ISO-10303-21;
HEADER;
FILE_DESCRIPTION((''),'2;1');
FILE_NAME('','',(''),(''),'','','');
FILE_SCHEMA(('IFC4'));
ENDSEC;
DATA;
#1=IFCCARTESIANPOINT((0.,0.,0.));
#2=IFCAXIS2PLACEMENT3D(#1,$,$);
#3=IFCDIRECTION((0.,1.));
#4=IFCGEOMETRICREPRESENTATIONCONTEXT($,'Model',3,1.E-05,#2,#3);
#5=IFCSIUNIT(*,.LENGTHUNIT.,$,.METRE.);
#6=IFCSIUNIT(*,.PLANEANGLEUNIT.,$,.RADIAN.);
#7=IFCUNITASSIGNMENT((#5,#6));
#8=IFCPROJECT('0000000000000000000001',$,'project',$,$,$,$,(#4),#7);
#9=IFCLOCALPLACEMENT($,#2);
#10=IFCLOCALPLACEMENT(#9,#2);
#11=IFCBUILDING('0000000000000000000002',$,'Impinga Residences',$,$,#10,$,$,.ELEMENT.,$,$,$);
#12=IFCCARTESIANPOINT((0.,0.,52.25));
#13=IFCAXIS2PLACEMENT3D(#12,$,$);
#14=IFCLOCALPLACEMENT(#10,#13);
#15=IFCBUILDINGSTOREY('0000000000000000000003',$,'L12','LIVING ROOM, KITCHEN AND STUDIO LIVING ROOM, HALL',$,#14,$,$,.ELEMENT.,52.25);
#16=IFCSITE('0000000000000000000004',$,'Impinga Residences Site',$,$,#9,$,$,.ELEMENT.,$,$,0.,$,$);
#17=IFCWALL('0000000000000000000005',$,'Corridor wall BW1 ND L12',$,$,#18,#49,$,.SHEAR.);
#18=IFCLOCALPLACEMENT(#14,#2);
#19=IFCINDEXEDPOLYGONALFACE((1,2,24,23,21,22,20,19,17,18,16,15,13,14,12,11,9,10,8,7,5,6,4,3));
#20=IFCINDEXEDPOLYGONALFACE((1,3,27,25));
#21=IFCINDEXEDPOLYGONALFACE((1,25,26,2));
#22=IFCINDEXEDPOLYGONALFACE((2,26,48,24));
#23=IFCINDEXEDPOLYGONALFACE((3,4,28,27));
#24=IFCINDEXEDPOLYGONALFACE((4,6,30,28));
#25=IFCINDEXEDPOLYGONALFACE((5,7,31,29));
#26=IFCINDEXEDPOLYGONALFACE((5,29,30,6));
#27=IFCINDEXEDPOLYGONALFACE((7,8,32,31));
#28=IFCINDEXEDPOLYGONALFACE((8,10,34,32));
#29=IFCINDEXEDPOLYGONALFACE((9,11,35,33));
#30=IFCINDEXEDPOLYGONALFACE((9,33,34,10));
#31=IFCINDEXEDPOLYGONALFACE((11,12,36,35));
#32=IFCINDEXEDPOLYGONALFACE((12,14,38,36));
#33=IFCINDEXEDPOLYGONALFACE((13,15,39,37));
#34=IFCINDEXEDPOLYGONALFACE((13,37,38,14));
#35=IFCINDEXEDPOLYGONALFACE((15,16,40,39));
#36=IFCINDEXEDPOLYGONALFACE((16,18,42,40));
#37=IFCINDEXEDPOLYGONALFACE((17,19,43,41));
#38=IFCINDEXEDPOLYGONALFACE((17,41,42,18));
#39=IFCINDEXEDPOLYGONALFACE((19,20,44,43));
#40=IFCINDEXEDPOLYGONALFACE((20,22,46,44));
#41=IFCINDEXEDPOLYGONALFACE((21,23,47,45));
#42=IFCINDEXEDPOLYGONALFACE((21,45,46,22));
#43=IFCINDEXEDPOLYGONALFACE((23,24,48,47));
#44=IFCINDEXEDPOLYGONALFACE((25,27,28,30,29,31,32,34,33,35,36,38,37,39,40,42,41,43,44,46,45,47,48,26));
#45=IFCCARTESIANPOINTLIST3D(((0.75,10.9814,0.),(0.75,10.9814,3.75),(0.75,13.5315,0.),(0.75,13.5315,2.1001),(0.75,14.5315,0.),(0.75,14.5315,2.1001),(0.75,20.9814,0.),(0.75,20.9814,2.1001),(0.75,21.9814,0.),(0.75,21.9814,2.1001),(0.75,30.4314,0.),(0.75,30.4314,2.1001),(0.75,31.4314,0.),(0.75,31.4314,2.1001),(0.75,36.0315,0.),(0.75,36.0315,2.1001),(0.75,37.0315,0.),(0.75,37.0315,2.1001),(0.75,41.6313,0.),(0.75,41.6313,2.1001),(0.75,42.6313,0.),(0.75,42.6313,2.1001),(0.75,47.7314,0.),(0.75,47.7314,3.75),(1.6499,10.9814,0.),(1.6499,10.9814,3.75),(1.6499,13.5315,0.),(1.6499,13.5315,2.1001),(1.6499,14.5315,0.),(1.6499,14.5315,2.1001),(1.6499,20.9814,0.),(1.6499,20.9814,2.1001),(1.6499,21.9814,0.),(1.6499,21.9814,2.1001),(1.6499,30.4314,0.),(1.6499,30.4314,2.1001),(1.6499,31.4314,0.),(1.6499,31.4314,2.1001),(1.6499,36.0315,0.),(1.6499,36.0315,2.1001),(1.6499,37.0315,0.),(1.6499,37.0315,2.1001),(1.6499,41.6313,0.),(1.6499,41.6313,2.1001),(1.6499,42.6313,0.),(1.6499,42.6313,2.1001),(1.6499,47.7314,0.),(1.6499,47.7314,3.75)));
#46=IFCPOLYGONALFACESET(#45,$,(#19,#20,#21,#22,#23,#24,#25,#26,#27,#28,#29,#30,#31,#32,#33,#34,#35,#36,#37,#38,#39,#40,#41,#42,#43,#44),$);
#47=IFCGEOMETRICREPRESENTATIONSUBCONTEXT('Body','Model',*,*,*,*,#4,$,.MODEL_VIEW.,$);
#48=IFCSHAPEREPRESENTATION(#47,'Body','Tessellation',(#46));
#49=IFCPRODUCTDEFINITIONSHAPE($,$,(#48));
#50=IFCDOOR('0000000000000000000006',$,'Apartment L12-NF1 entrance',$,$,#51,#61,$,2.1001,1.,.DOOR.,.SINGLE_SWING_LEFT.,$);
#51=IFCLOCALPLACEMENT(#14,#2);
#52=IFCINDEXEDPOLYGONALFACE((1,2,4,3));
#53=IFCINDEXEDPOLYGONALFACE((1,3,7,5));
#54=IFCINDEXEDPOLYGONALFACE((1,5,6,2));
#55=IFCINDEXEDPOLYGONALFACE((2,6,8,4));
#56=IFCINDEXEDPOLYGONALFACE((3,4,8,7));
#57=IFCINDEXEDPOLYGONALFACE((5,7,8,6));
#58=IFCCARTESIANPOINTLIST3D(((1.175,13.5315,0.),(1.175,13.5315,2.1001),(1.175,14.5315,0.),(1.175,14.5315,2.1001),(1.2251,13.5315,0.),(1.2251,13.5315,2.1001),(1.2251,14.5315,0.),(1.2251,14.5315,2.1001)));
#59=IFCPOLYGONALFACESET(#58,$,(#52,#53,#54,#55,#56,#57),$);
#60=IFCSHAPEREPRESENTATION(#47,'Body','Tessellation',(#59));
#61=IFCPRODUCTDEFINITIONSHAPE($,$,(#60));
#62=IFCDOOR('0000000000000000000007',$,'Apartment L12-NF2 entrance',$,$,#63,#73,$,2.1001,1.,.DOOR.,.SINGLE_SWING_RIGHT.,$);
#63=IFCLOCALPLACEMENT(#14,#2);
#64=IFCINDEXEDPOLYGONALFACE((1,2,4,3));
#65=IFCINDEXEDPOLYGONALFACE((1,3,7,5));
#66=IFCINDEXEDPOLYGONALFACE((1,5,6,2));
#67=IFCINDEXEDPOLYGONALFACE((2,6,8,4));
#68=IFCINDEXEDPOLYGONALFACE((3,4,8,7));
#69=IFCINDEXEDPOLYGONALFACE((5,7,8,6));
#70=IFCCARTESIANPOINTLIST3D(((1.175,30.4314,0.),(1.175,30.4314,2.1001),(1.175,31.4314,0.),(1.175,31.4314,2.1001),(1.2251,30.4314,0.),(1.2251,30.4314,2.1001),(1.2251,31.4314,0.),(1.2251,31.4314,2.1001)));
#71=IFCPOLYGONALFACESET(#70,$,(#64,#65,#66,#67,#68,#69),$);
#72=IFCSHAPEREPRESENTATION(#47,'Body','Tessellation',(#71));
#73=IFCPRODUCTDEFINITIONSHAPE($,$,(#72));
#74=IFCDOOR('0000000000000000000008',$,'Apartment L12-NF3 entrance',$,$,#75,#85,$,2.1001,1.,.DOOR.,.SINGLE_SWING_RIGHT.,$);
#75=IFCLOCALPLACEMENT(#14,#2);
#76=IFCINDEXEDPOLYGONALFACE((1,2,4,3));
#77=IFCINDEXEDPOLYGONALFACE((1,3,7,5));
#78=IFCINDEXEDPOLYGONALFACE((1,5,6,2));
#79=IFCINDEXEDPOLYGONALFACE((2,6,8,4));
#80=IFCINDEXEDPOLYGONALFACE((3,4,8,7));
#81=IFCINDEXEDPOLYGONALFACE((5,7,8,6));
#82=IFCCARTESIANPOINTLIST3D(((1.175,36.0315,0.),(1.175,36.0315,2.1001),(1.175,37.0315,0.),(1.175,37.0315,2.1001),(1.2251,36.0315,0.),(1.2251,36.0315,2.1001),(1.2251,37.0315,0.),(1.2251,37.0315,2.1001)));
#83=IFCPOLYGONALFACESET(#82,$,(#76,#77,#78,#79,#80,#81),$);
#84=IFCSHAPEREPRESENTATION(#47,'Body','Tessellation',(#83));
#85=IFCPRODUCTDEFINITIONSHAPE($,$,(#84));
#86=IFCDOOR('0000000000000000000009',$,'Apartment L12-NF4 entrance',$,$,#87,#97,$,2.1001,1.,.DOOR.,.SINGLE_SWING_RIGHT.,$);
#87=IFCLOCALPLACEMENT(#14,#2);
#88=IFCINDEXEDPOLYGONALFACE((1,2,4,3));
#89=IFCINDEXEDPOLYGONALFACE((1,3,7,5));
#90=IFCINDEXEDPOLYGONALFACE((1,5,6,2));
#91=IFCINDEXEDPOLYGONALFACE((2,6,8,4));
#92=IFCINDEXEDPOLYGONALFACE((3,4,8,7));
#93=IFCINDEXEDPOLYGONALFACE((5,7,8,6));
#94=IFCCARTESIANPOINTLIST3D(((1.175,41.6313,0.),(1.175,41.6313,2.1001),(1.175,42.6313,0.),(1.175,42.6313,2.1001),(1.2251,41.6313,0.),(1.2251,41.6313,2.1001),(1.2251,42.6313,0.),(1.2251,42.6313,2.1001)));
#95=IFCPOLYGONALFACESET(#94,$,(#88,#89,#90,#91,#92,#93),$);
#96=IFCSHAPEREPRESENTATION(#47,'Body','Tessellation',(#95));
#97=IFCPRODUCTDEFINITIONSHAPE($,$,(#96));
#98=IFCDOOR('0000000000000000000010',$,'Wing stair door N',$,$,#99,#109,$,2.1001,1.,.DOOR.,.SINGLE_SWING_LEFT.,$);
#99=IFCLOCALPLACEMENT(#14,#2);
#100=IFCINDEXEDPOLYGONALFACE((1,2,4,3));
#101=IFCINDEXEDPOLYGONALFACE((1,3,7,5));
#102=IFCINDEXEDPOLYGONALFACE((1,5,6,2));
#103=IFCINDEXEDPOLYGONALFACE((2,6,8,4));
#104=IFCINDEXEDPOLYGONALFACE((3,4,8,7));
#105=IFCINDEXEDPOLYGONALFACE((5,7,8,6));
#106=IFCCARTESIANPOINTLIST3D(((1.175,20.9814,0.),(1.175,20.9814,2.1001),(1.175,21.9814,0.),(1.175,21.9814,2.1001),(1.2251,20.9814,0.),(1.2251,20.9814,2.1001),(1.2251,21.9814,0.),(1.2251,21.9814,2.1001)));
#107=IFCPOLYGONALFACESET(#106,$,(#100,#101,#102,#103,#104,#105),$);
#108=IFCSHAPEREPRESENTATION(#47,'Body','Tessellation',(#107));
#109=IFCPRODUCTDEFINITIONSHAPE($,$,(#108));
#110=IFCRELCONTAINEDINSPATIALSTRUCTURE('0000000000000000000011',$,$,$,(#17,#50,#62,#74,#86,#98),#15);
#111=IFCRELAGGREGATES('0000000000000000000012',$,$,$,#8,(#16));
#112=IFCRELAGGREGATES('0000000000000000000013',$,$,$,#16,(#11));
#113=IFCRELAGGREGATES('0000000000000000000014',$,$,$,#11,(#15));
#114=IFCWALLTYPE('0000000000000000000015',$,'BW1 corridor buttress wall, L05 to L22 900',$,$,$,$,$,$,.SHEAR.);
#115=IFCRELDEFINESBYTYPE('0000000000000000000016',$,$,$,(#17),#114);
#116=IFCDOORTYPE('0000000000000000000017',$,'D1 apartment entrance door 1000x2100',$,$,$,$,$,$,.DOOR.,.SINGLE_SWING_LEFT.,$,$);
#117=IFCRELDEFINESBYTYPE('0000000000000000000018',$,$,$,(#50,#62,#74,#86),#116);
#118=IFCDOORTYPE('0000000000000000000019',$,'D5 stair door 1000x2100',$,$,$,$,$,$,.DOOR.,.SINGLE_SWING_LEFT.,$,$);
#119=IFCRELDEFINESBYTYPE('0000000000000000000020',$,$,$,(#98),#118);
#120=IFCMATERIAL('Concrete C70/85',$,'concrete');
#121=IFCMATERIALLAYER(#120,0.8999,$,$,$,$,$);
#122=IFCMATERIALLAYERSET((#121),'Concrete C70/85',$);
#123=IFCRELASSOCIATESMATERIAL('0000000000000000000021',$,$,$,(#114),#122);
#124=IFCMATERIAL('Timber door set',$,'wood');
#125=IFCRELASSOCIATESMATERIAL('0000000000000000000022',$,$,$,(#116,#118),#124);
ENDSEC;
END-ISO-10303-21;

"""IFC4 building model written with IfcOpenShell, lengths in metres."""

from ifc_helpers import new_model, si_unit, direction, frame, frame_2d, origin, place, context, subcontext, project, spatial, rectangle, extrude, material, layer, layer_set, type_object, element, fill, save


model = new_model("IFC4")

# Units and contexts
model_context = context("Model", 3, precision=1e-05, world=origin(), true_north=direction((0.0, 1.0)))
body_context = subcontext(model_context, "Body", "Model", "MODEL_VIEW")
ifc_project = project(units=[si_unit("LENGTHUNIT", "METRE"), si_unit("PLANEANGLEUNIT", "RADIAN")], contexts=[model_context])

# Site, building, storey
site_placement = place(None, origin())
site = spatial("IfcSite", under=ifc_project, at=site_placement, Name="Impinga Residences Site", CompositionType="ELEMENT", RefElevation=0.0)
building_placement = place(site_placement, origin())
building = spatial("IfcBuilding", under=site, at=building_placement, Name="Impinga Residences", CompositionType="ELEMENT")
storey_placement = place(building_placement, frame((0.0, 0.0, 52.25)))
storey = spatial("IfcBuildingStorey", under=building, at=storey_placement, Name="L12", Description="LIVING ROOM, KITCHEN AND STUDIO LIVING ROOM, HALL", CompositionType="ELEMENT", Elevation=52.25)

# Wall, openings, doors
ifc_material_1 = material(Name="Concrete C70/85", Category="concrete")
ifc_layer_1 = layer(ifc_material_1, 0.8999)
ifc_layer_set_1 = layer_set([ifc_layer_1], Name="Concrete C70/85")
wall_type_1 = type_object("IfcWallType", Name="BW1 corridor buttress wall, L05 to L22 900", PredefinedType="SHEAR", material=ifc_layer_set_1)
wall_1_placement = place(storey_placement, frame((1.2, 10.9814, 0.0), z_axis=(0.0, 0.0, 1.0), x_axis=(0.0, 1.0, 0.0)))
wall_1 = element("IfcWall", 1, at=wall_1_placement, inside=storey, type_object=wall_type_1, Name="Corridor wall BW1 ND L12", PredefinedType="SHEAR", context=body_context, shape_type="SweptSolid", body=[
    extrude(rectangle(XDim=36.75, YDim=0.8999, at=frame_2d((18.375, 0.0))), origin(), (0.0, 0.0, 1.0), 3.75),
])
opening_1_placement = place(wall_1_placement, frame((10.0, 0.0, 0.0)))
opening_1 = element("IfcOpeningElement", 2, at=opening_1_placement, cuts=wall_1, PredefinedType="OPENING", context=body_context, shape_type="SweptSolid", body=[
    extrude(rectangle(XDim=1.0, YDim=2.1001, at=frame_2d((0.5, 1.05))), frame((0.0, 0.46, 0.0), z_axis=(0.0, -1.0, 0.0), x_axis=(1.0, 0.0, 0.0)), (0.0, 0.0, 1.0), 0.9199),
])
opening_2_placement = place(wall_1_placement, frame((2.55, 0.0, 0.0)))
opening_2 = element("IfcOpeningElement", 3, at=opening_2_placement, cuts=wall_1, PredefinedType="OPENING", context=body_context, shape_type="SweptSolid", body=[
    extrude(rectangle(XDim=1.0, YDim=2.1001, at=frame_2d((0.5, 1.05))), frame((0.0, 0.46, 0.0), z_axis=(0.0, -1.0, 0.0), x_axis=(1.0, 0.0, 0.0)), (0.0, 0.0, 1.0), 0.9199),
])
opening_3_placement = place(wall_1_placement, frame((19.45, 0.0, 0.0)))
opening_3 = element("IfcOpeningElement", 4, at=opening_3_placement, cuts=wall_1, PredefinedType="OPENING", context=body_context, shape_type="SweptSolid", body=[
    extrude(rectangle(XDim=1.0, YDim=2.1001, at=frame_2d((0.5, 1.05))), frame((0.0, 0.46, 0.0), z_axis=(0.0, -1.0, 0.0), x_axis=(1.0, 0.0, 0.0)), (0.0, 0.0, 1.0), 0.9199),
])
opening_4_placement = place(wall_1_placement, frame((25.05, 0.0, 0.0)))
opening_4 = element("IfcOpeningElement", 5, at=opening_4_placement, cuts=wall_1, PredefinedType="OPENING", context=body_context, shape_type="SweptSolid", body=[
    extrude(rectangle(XDim=1.0, YDim=2.1001, at=frame_2d((0.5, 1.05))), frame((0.0, 0.46, 0.0), z_axis=(0.0, -1.0, 0.0), x_axis=(1.0, 0.0, 0.0)), (0.0, 0.0, 1.0), 0.9199),
])
opening_5_placement = place(wall_1_placement, frame((30.6499, 0.0, 0.0)))
opening_5 = element("IfcOpeningElement", 6, at=opening_5_placement, cuts=wall_1, PredefinedType="OPENING", context=body_context, shape_type="SweptSolid", body=[
    extrude(rectangle(XDim=1.0, YDim=2.1001, at=frame_2d((0.5, 1.05))), frame((0.0, 0.46, 0.0), z_axis=(0.0, -1.0, 0.0), x_axis=(1.0, 0.0, 0.0)), (0.0, 0.0, 1.0), 0.9199),
])
ifc_material_2 = material(Name="Timber door set", Category="wood")
door_type_1 = type_object("IfcDoorType", Name="D1 apartment entrance door 1000x2100", OperationType="SINGLE_SWING_LEFT", PredefinedType="DOOR", material=ifc_material_2)
door_1_placement = place(opening_2_placement, origin())
door_1 = element("IfcDoor", 7, at=door_1_placement, inside=storey, type_object=door_type_1, Name="Apartment L12-NF1 entrance", OperationType="SINGLE_SWING_LEFT", OverallHeight=2.1001, OverallWidth=1.0, PredefinedType="DOOR", context=body_context, shape_type="SweptSolid", body=[
    extrude(rectangle(XDim=1.0, YDim=2.1001, at=frame_2d((0.5, 1.05))), frame((0.0, 0.0249, 0.0), z_axis=(0.0, -1.0, 0.0), x_axis=(1.0, 0.0, 0.0)), (0.0, 0.0, 1.0), 0.05),
])
fill(opening_2, door_1)
door_2_placement = place(opening_3_placement, origin())
door_2 = element("IfcDoor", 8, at=door_2_placement, inside=storey, type_object=door_type_1, Name="Apartment L12-NF2 entrance", OperationType="SINGLE_SWING_RIGHT", OverallHeight=2.1001, OverallWidth=1.0, PredefinedType="DOOR", context=body_context, shape_type="SweptSolid", body=[
    extrude(rectangle(XDim=1.0, YDim=2.1001, at=frame_2d((0.5, 1.05))), frame((0.0, 0.0249, 0.0), z_axis=(0.0, -1.0, 0.0), x_axis=(1.0, 0.0, 0.0)), (0.0, 0.0, 1.0), 0.05),
])
fill(opening_3, door_2)
door_3_placement = place(opening_4_placement, origin())
door_3 = element("IfcDoor", 9, at=door_3_placement, inside=storey, type_object=door_type_1, Name="Apartment L12-NF3 entrance", OperationType="SINGLE_SWING_RIGHT", OverallHeight=2.1001, OverallWidth=1.0, PredefinedType="DOOR", context=body_context, shape_type="SweptSolid", body=[
    extrude(rectangle(XDim=1.0, YDim=2.1001, at=frame_2d((0.5, 1.05))), frame((0.0, 0.0249, 0.0), z_axis=(0.0, -1.0, 0.0), x_axis=(1.0, 0.0, 0.0)), (0.0, 0.0, 1.0), 0.05),
])
fill(opening_4, door_3)
door_4_placement = place(opening_5_placement, origin())
door_4 = element("IfcDoor", 10, at=door_4_placement, inside=storey, type_object=door_type_1, Name="Apartment L12-NF4 entrance", OperationType="SINGLE_SWING_RIGHT", OverallHeight=2.1001, OverallWidth=1.0, PredefinedType="DOOR", context=body_context, shape_type="SweptSolid", body=[
    extrude(rectangle(XDim=1.0, YDim=2.1001, at=frame_2d((0.5, 1.05))), frame((0.0, 0.0249, 0.0), z_axis=(0.0, -1.0, 0.0), x_axis=(1.0, 0.0, 0.0)), (0.0, 0.0, 1.0), 0.05),
])
fill(opening_5, door_4)
door_type_2 = type_object("IfcDoorType", Name="D5 stair door 1000x2100", OperationType="SINGLE_SWING_LEFT", PredefinedType="DOOR", material=ifc_material_2)
door_5_placement = place(opening_1_placement, origin())
door_5 = element("IfcDoor", 11, at=door_5_placement, inside=storey, type_object=door_type_2, Name="Wing stair door N", OperationType="SINGLE_SWING_LEFT", OverallHeight=2.1001, OverallWidth=1.0, PredefinedType="DOOR", context=body_context, shape_type="SweptSolid", body=[
    extrude(rectangle(XDim=1.0, YDim=2.1001, at=frame_2d((0.5, 1.05))), frame((0.0, 0.0249, 0.0), z_axis=(0.0, -1.0, 0.0), x_axis=(1.0, 0.0, 0.0)), (0.0, 0.0, 1.0), 0.05),
])
fill(opening_1, door_5)

save(model, "model.ifc")
